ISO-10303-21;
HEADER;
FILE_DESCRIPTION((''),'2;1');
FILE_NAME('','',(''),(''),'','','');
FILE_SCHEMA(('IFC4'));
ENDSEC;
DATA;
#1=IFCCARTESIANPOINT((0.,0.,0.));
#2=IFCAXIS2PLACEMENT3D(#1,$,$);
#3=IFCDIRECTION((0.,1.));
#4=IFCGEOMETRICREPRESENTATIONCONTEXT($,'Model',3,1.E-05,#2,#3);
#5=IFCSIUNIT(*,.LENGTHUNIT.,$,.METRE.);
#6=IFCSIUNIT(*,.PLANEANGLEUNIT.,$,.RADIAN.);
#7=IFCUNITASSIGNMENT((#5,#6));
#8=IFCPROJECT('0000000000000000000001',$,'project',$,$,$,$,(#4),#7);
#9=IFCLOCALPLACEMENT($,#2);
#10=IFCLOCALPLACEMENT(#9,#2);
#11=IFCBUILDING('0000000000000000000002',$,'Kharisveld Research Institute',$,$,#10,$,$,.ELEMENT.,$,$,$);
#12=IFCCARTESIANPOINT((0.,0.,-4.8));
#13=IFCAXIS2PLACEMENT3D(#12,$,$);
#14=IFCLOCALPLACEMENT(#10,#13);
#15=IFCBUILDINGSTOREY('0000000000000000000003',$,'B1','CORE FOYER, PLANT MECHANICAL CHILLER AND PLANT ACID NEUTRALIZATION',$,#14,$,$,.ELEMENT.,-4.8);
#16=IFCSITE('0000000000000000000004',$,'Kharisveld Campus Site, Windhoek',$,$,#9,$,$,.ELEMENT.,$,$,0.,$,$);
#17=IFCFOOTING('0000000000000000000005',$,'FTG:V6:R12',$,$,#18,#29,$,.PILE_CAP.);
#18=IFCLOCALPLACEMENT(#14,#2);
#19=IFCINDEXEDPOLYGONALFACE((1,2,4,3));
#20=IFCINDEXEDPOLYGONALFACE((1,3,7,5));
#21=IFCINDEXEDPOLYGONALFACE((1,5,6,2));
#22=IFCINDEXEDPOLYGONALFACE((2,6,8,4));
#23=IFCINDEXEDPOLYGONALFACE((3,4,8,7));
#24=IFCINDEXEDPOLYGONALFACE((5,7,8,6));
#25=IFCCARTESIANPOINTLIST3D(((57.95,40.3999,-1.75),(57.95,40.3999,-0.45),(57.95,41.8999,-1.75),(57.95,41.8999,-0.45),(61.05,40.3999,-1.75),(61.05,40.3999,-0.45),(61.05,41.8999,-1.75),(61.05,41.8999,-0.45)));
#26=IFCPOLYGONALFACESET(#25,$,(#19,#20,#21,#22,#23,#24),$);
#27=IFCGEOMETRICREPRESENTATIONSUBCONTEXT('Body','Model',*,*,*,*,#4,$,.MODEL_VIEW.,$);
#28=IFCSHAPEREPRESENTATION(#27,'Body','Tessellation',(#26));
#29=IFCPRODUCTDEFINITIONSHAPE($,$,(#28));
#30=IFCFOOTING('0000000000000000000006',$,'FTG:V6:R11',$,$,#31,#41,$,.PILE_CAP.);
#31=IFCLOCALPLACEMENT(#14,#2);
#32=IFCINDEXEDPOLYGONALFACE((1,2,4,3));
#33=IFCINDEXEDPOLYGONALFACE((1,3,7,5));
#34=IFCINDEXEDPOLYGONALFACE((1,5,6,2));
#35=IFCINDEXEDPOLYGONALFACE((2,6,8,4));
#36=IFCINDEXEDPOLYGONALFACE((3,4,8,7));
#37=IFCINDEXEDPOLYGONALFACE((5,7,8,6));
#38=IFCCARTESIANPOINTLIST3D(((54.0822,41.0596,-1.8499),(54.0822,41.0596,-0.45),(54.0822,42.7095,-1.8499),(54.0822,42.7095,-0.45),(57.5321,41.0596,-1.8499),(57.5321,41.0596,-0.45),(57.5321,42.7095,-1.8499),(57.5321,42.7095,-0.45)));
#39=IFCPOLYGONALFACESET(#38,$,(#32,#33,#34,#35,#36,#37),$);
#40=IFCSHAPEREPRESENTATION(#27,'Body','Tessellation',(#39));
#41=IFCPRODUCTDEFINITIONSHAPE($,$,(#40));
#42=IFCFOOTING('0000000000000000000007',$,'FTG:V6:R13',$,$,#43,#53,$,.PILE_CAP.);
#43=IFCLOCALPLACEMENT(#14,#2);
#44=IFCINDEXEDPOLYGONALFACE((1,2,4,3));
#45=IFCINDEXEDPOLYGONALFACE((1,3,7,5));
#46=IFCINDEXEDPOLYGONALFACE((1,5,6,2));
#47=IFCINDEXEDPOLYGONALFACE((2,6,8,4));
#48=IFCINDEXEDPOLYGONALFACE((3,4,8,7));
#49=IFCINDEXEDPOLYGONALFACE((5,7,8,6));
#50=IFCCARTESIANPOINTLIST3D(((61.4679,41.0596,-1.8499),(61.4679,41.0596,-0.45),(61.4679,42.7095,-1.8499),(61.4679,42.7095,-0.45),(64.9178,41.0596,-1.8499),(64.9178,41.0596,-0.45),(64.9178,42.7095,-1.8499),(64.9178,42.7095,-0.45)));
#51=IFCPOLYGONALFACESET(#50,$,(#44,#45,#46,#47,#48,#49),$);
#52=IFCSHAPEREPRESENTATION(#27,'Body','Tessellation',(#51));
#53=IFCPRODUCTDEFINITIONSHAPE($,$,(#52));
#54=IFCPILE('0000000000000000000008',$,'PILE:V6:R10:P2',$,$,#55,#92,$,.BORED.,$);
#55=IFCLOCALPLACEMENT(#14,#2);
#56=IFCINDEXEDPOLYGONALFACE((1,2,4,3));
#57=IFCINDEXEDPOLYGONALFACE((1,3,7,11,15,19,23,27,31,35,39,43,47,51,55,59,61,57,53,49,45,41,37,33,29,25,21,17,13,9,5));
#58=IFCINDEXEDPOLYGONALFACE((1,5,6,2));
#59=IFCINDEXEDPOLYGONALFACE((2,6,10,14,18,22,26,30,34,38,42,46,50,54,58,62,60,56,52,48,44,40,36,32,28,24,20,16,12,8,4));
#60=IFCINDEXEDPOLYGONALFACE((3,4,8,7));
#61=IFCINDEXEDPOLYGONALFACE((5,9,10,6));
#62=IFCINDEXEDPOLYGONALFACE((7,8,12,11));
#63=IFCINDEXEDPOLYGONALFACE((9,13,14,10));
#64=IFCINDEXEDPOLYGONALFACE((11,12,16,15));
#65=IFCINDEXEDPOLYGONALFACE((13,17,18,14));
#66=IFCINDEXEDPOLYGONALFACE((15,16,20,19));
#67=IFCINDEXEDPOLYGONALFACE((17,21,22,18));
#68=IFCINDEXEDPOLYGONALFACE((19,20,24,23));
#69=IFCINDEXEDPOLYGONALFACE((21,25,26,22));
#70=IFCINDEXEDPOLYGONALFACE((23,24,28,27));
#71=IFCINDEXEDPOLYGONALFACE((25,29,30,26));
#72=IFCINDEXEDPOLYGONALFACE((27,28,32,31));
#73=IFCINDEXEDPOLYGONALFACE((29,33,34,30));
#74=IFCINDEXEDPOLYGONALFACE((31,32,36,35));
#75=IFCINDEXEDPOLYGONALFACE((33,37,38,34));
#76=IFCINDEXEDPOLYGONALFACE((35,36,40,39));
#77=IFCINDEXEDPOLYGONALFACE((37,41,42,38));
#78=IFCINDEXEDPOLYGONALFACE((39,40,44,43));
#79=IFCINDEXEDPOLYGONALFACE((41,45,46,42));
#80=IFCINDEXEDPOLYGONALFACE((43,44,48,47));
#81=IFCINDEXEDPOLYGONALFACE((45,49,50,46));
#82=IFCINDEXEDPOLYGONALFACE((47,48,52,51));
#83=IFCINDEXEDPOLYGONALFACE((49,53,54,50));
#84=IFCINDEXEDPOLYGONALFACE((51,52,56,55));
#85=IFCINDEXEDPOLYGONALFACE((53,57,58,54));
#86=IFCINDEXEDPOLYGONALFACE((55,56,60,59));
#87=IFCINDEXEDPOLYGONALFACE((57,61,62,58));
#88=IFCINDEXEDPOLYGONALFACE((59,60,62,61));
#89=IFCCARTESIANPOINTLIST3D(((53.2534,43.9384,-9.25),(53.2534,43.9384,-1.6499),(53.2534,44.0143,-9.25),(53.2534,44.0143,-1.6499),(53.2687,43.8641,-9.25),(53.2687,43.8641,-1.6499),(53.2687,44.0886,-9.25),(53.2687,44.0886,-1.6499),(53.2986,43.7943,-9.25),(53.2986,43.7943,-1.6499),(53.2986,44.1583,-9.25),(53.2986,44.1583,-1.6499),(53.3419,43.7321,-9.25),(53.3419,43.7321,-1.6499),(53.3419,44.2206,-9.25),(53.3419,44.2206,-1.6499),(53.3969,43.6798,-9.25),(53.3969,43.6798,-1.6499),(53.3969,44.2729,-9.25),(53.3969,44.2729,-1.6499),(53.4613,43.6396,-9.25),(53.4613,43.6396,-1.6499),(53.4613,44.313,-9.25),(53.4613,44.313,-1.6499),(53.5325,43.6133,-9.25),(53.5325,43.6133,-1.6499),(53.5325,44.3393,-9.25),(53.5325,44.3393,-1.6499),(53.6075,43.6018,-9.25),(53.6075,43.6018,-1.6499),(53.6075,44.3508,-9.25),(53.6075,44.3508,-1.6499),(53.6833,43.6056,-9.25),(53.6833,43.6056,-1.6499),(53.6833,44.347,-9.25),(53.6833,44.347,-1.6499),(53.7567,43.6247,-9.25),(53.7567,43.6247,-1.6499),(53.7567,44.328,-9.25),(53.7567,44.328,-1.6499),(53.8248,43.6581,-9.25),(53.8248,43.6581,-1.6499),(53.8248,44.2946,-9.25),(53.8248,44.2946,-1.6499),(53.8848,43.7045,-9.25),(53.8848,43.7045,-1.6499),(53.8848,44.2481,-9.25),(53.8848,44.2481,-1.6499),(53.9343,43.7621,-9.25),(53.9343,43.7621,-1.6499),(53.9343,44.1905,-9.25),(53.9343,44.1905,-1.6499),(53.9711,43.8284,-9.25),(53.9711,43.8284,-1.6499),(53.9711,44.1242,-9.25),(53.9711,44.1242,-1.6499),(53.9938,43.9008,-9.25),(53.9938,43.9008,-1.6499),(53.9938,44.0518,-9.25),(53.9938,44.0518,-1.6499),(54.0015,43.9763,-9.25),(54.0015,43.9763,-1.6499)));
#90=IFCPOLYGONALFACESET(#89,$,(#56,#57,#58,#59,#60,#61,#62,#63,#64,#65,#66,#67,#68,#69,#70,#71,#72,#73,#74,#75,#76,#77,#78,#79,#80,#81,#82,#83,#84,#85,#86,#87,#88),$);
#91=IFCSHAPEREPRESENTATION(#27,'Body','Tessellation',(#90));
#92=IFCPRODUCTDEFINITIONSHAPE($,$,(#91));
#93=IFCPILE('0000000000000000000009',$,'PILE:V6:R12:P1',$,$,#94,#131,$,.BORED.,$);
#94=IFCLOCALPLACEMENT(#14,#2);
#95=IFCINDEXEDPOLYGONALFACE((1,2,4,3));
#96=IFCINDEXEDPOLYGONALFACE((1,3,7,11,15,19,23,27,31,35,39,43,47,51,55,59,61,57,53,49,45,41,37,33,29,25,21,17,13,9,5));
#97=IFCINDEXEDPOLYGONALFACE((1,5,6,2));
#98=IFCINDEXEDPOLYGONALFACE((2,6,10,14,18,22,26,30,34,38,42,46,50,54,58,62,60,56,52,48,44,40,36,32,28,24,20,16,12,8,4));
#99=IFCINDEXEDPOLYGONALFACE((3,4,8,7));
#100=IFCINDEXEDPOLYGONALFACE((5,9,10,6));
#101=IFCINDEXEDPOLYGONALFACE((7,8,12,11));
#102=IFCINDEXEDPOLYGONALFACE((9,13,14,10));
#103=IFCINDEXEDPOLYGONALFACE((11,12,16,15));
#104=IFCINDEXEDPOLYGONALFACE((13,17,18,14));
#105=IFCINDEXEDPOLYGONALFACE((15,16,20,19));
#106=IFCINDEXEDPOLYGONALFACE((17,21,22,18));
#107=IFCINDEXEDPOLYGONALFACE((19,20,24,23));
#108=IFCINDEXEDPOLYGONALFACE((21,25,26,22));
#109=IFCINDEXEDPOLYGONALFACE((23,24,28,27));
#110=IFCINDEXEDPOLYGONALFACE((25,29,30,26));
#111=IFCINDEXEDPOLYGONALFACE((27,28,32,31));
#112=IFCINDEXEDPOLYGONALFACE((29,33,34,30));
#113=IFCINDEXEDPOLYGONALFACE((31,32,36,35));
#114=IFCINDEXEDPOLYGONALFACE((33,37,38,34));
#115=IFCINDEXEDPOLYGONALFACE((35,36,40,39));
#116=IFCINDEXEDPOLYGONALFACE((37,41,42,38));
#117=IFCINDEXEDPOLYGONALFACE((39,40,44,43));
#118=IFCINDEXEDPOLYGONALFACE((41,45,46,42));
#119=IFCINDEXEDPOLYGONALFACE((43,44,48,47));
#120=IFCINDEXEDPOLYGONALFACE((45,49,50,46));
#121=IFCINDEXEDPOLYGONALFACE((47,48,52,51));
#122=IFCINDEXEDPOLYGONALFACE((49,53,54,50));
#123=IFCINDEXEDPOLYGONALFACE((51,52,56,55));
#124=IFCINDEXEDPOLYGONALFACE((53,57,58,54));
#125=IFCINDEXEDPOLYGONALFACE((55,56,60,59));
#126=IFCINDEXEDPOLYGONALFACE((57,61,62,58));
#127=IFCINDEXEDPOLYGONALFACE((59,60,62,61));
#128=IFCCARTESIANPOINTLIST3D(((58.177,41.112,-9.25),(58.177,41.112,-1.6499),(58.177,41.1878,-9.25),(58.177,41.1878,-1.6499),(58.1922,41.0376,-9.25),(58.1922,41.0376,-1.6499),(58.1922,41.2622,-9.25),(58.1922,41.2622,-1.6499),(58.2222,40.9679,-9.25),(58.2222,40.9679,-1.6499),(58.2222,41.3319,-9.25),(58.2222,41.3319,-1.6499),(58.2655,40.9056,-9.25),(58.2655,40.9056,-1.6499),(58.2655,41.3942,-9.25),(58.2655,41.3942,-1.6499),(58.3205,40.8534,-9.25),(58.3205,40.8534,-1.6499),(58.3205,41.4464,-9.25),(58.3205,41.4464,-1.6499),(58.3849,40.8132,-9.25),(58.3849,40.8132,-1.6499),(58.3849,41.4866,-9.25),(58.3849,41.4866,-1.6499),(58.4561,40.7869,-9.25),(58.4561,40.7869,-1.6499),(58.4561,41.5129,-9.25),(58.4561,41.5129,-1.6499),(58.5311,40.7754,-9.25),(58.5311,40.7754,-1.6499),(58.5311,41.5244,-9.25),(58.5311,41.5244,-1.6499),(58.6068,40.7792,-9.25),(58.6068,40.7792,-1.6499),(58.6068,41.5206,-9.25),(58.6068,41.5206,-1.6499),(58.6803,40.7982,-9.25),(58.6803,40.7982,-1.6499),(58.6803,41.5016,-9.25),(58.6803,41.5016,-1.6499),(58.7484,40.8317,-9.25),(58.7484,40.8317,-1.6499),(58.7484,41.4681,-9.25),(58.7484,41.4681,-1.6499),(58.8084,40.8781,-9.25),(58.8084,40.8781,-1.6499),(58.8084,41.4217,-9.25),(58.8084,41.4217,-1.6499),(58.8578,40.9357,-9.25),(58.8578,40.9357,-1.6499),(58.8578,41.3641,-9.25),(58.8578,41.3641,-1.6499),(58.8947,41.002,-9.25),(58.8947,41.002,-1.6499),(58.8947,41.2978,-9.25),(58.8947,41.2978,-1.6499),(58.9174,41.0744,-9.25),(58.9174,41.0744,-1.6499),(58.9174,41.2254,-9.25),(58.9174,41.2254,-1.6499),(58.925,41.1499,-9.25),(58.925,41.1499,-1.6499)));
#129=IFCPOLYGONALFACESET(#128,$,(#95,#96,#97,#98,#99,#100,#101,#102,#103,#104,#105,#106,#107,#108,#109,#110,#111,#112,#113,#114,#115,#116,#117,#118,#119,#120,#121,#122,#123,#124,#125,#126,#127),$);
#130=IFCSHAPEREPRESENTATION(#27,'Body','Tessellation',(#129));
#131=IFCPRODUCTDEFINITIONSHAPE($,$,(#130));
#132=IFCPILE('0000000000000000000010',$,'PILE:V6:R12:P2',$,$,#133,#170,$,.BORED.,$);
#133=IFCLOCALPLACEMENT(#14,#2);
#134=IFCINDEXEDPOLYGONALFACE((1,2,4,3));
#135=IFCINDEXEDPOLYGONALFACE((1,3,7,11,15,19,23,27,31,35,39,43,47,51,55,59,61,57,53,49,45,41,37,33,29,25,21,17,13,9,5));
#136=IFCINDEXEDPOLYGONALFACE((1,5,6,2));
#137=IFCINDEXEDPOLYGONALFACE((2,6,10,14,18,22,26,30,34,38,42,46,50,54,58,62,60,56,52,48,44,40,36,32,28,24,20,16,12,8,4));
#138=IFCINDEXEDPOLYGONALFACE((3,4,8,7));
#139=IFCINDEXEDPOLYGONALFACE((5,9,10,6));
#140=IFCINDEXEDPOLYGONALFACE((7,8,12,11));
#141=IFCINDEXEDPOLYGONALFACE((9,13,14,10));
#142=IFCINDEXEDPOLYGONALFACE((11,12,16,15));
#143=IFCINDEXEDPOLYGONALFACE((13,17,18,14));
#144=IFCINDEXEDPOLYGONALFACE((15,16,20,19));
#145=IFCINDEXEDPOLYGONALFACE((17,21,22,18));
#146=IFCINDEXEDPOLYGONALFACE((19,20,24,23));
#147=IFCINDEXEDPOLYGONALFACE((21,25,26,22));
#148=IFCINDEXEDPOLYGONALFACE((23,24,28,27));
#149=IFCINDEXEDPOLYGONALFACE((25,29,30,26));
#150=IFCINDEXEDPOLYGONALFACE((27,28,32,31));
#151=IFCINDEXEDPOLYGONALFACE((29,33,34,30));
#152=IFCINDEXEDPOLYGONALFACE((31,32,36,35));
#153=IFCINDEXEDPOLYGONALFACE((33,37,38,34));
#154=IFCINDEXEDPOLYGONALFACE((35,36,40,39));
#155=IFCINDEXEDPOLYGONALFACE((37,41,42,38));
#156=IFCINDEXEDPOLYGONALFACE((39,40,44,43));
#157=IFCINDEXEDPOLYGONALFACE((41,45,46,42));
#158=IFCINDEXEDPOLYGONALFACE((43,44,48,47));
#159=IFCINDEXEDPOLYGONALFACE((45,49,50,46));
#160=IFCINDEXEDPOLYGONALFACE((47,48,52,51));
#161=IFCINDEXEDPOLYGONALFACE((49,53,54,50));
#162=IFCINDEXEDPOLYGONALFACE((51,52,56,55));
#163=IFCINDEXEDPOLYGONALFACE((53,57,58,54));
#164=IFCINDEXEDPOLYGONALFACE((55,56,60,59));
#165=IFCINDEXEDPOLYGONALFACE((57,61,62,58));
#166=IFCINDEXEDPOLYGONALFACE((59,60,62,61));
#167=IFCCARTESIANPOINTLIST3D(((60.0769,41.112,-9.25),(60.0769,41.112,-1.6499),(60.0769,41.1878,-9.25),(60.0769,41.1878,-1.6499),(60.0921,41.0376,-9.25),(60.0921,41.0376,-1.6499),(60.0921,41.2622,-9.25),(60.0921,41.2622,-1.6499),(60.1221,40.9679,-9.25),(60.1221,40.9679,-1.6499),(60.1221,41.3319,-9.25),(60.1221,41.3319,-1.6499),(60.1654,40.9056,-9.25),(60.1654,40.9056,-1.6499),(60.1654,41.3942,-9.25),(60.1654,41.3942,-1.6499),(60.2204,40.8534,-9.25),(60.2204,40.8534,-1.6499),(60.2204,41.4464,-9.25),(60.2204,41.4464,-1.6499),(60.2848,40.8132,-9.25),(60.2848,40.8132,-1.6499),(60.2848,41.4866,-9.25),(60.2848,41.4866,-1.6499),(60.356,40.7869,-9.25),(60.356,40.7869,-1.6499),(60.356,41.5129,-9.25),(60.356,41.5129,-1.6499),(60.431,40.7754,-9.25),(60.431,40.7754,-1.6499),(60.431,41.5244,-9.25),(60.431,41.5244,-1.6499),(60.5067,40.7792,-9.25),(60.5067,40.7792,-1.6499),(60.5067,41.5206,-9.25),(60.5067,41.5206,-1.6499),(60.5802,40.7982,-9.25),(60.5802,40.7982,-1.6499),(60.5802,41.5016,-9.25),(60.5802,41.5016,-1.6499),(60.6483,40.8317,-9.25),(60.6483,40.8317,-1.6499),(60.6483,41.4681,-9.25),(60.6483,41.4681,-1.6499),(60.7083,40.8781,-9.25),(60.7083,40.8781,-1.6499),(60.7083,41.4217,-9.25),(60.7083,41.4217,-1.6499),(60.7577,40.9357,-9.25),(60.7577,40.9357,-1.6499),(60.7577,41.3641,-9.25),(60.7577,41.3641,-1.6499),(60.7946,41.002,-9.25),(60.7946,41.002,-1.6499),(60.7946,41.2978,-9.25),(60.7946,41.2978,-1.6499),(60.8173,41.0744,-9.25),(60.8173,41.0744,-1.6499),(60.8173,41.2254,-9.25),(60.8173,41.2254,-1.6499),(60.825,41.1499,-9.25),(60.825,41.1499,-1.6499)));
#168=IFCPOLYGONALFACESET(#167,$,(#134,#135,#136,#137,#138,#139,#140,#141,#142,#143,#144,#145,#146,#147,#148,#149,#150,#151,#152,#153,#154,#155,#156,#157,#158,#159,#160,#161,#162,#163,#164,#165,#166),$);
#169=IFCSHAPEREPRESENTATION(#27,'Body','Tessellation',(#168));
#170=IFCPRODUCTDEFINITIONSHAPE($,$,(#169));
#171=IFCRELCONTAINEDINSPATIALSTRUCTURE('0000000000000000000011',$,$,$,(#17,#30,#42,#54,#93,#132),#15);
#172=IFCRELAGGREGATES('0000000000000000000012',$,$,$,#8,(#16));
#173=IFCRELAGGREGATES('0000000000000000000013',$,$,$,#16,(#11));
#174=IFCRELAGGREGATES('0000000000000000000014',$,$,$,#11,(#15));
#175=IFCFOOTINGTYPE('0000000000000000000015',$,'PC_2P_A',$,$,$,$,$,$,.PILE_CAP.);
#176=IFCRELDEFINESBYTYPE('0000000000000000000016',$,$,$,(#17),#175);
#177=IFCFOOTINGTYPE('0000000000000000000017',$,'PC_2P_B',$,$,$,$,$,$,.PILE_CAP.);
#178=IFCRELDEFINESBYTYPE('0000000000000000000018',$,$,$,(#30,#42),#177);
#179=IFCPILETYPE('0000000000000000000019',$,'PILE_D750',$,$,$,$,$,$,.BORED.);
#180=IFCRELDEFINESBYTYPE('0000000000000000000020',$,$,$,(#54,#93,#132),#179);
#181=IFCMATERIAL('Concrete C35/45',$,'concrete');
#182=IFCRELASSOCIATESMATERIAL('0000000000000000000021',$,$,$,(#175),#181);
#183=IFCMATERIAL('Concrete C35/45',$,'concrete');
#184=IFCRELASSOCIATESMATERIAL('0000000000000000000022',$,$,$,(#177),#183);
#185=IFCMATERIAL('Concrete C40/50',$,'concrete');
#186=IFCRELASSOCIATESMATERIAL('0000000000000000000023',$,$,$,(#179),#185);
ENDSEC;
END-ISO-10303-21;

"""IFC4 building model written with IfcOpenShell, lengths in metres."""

from ifc_helpers import new_model, si_unit, direction, frame, origin, origin_2d, place, context, subcontext, project, spatial, rectangle, circle, extrude, material, material_profile, profile_set, type_object, element, save


model = new_model("IFC4")

# Units and contexts
model_context = context("Model", 3, precision=1e-05, world=origin(), true_north=direction((0.0, 1.0)))
body_context = subcontext(model_context, "Body", "Model", "MODEL_VIEW")
ifc_project = project(units=[si_unit("LENGTHUNIT", "METRE"), si_unit("PLANEANGLEUNIT", "RADIAN")], contexts=[model_context])

# Site, building, storey
site_placement = place(None, origin())
site = spatial("IfcSite", under=ifc_project, at=site_placement, Name="Kharisveld Campus Site, Windhoek", CompositionType="ELEMENT", RefElevation=0.0)
building_placement = place(site_placement, origin())
building = spatial("IfcBuilding", under=site, at=building_placement, Name="Kharisveld Research Institute", CompositionType="ELEMENT")
storey_placement = place(building_placement, frame((0.0, 0.0, -4.8)))
storey = spatial("IfcBuildingStorey", under=building, at=storey_placement, Name="B1", Description="CORE FOYER, PLANT MECHANICAL CHILLER AND PLANT ACID NEUTRALIZATION", CompositionType="ELEMENT", Elevation=-4.8)

# Footings
ifc_material_1 = material(Name="Concrete C35/45", Category="concrete")
footing_type_1 = type_object("IfcFootingType", Name="PC_2P_A", PredefinedType="PILE_CAP", material=ifc_material_1)
footing_placement = place(storey_placement, frame((59.5, 41.1499, -1.75), z_axis=(0.0, 0.0, 1.0), x_axis=(1.0, 0.0, 0.0)))
element("IfcFooting", 1, at=footing_placement, inside=storey, type_object=footing_type_1, Name="FTG:V6:R12", PredefinedType="PILE_CAP", context=body_context, shape_type="SweptSolid", body=[
    extrude(rectangle(XDim=3.1001, YDim=1.5, at=origin_2d()), origin(), (0.0, 0.0, 1.0), 1.3),
])
ifc_material_2 = material(Name="Concrete C35/45", Category="concrete")
footing_type_2 = type_object("IfcFootingType", Name="PC_2P_B", PredefinedType="PILE_CAP", material=ifc_material_2)
for number, where, z_axis, x_axis, name in (
    (2, (55.8071, 41.8845, -1.8499), (0.0, 0.0, 1.0), (1.0, 0.0, 0.0), "FTG:V6:R11"),
    (3, (63.1929, 41.8845, -1.8499), (0.0, 0.0, 1.0), (1.0, 0.0, 0.0), "FTG:V6:R13"),
):
    element("IfcFooting", number, at=place(storey_placement, frame(where, z_axis=z_axis, x_axis=x_axis)), inside=storey, type_object=footing_type_2, Name=name, PredefinedType="PILE_CAP", context=body_context, shape_type="SweptSolid", body=[
        extrude(rectangle(XDim=3.45, YDim=1.6499, at=origin_2d()), origin(), (0.0, 0.0, 1.0), 1.3999),
    ])

# Piles
ifc_material_3 = material(Name="Concrete C40/50", Category="concrete")
ifc_material_profile_1 = material_profile(ifc_material_3, circle(Radius=0.375, at=origin_2d()))
ifc_profile_set_1 = profile_set([ifc_material_profile_1], Name="Concrete C40/50")
pile_type_1 = type_object("IfcPileType", Name="PILE_D750", PredefinedType="BORED", material=ifc_profile_set_1)
for number, where, z_axis, x_axis, name in (
    (4, (53.6265, 43.9763, -1.6499), (0.0, 0.0, -1.0), (1.0, 0.0, 0.0), "PILE:V6:R10:P2"),
    (5, (58.55, 41.1499, -1.6499), (0.0, 0.0, -1.0), (1.0, 0.0, 0.0), "PILE:V6:R12:P1"),
    (6, (60.45, 41.1499, -1.6499), (0.0, 0.0, -1.0), (1.0, 0.0, 0.0), "PILE:V6:R12:P2"),
):
    element("IfcPile", number, at=place(storey_placement, frame(where, z_axis=z_axis, x_axis=x_axis)), inside=storey, type_object=pile_type_1, Name=name, PredefinedType="BORED", context=body_context, shape_type="SweptSolid", body=[
        extrude(circle(Radius=0.375, at=origin_2d()), origin(), (0.0, 0.0, 1.0), 7.6001),
    ])

save(model, "model.ifc")
